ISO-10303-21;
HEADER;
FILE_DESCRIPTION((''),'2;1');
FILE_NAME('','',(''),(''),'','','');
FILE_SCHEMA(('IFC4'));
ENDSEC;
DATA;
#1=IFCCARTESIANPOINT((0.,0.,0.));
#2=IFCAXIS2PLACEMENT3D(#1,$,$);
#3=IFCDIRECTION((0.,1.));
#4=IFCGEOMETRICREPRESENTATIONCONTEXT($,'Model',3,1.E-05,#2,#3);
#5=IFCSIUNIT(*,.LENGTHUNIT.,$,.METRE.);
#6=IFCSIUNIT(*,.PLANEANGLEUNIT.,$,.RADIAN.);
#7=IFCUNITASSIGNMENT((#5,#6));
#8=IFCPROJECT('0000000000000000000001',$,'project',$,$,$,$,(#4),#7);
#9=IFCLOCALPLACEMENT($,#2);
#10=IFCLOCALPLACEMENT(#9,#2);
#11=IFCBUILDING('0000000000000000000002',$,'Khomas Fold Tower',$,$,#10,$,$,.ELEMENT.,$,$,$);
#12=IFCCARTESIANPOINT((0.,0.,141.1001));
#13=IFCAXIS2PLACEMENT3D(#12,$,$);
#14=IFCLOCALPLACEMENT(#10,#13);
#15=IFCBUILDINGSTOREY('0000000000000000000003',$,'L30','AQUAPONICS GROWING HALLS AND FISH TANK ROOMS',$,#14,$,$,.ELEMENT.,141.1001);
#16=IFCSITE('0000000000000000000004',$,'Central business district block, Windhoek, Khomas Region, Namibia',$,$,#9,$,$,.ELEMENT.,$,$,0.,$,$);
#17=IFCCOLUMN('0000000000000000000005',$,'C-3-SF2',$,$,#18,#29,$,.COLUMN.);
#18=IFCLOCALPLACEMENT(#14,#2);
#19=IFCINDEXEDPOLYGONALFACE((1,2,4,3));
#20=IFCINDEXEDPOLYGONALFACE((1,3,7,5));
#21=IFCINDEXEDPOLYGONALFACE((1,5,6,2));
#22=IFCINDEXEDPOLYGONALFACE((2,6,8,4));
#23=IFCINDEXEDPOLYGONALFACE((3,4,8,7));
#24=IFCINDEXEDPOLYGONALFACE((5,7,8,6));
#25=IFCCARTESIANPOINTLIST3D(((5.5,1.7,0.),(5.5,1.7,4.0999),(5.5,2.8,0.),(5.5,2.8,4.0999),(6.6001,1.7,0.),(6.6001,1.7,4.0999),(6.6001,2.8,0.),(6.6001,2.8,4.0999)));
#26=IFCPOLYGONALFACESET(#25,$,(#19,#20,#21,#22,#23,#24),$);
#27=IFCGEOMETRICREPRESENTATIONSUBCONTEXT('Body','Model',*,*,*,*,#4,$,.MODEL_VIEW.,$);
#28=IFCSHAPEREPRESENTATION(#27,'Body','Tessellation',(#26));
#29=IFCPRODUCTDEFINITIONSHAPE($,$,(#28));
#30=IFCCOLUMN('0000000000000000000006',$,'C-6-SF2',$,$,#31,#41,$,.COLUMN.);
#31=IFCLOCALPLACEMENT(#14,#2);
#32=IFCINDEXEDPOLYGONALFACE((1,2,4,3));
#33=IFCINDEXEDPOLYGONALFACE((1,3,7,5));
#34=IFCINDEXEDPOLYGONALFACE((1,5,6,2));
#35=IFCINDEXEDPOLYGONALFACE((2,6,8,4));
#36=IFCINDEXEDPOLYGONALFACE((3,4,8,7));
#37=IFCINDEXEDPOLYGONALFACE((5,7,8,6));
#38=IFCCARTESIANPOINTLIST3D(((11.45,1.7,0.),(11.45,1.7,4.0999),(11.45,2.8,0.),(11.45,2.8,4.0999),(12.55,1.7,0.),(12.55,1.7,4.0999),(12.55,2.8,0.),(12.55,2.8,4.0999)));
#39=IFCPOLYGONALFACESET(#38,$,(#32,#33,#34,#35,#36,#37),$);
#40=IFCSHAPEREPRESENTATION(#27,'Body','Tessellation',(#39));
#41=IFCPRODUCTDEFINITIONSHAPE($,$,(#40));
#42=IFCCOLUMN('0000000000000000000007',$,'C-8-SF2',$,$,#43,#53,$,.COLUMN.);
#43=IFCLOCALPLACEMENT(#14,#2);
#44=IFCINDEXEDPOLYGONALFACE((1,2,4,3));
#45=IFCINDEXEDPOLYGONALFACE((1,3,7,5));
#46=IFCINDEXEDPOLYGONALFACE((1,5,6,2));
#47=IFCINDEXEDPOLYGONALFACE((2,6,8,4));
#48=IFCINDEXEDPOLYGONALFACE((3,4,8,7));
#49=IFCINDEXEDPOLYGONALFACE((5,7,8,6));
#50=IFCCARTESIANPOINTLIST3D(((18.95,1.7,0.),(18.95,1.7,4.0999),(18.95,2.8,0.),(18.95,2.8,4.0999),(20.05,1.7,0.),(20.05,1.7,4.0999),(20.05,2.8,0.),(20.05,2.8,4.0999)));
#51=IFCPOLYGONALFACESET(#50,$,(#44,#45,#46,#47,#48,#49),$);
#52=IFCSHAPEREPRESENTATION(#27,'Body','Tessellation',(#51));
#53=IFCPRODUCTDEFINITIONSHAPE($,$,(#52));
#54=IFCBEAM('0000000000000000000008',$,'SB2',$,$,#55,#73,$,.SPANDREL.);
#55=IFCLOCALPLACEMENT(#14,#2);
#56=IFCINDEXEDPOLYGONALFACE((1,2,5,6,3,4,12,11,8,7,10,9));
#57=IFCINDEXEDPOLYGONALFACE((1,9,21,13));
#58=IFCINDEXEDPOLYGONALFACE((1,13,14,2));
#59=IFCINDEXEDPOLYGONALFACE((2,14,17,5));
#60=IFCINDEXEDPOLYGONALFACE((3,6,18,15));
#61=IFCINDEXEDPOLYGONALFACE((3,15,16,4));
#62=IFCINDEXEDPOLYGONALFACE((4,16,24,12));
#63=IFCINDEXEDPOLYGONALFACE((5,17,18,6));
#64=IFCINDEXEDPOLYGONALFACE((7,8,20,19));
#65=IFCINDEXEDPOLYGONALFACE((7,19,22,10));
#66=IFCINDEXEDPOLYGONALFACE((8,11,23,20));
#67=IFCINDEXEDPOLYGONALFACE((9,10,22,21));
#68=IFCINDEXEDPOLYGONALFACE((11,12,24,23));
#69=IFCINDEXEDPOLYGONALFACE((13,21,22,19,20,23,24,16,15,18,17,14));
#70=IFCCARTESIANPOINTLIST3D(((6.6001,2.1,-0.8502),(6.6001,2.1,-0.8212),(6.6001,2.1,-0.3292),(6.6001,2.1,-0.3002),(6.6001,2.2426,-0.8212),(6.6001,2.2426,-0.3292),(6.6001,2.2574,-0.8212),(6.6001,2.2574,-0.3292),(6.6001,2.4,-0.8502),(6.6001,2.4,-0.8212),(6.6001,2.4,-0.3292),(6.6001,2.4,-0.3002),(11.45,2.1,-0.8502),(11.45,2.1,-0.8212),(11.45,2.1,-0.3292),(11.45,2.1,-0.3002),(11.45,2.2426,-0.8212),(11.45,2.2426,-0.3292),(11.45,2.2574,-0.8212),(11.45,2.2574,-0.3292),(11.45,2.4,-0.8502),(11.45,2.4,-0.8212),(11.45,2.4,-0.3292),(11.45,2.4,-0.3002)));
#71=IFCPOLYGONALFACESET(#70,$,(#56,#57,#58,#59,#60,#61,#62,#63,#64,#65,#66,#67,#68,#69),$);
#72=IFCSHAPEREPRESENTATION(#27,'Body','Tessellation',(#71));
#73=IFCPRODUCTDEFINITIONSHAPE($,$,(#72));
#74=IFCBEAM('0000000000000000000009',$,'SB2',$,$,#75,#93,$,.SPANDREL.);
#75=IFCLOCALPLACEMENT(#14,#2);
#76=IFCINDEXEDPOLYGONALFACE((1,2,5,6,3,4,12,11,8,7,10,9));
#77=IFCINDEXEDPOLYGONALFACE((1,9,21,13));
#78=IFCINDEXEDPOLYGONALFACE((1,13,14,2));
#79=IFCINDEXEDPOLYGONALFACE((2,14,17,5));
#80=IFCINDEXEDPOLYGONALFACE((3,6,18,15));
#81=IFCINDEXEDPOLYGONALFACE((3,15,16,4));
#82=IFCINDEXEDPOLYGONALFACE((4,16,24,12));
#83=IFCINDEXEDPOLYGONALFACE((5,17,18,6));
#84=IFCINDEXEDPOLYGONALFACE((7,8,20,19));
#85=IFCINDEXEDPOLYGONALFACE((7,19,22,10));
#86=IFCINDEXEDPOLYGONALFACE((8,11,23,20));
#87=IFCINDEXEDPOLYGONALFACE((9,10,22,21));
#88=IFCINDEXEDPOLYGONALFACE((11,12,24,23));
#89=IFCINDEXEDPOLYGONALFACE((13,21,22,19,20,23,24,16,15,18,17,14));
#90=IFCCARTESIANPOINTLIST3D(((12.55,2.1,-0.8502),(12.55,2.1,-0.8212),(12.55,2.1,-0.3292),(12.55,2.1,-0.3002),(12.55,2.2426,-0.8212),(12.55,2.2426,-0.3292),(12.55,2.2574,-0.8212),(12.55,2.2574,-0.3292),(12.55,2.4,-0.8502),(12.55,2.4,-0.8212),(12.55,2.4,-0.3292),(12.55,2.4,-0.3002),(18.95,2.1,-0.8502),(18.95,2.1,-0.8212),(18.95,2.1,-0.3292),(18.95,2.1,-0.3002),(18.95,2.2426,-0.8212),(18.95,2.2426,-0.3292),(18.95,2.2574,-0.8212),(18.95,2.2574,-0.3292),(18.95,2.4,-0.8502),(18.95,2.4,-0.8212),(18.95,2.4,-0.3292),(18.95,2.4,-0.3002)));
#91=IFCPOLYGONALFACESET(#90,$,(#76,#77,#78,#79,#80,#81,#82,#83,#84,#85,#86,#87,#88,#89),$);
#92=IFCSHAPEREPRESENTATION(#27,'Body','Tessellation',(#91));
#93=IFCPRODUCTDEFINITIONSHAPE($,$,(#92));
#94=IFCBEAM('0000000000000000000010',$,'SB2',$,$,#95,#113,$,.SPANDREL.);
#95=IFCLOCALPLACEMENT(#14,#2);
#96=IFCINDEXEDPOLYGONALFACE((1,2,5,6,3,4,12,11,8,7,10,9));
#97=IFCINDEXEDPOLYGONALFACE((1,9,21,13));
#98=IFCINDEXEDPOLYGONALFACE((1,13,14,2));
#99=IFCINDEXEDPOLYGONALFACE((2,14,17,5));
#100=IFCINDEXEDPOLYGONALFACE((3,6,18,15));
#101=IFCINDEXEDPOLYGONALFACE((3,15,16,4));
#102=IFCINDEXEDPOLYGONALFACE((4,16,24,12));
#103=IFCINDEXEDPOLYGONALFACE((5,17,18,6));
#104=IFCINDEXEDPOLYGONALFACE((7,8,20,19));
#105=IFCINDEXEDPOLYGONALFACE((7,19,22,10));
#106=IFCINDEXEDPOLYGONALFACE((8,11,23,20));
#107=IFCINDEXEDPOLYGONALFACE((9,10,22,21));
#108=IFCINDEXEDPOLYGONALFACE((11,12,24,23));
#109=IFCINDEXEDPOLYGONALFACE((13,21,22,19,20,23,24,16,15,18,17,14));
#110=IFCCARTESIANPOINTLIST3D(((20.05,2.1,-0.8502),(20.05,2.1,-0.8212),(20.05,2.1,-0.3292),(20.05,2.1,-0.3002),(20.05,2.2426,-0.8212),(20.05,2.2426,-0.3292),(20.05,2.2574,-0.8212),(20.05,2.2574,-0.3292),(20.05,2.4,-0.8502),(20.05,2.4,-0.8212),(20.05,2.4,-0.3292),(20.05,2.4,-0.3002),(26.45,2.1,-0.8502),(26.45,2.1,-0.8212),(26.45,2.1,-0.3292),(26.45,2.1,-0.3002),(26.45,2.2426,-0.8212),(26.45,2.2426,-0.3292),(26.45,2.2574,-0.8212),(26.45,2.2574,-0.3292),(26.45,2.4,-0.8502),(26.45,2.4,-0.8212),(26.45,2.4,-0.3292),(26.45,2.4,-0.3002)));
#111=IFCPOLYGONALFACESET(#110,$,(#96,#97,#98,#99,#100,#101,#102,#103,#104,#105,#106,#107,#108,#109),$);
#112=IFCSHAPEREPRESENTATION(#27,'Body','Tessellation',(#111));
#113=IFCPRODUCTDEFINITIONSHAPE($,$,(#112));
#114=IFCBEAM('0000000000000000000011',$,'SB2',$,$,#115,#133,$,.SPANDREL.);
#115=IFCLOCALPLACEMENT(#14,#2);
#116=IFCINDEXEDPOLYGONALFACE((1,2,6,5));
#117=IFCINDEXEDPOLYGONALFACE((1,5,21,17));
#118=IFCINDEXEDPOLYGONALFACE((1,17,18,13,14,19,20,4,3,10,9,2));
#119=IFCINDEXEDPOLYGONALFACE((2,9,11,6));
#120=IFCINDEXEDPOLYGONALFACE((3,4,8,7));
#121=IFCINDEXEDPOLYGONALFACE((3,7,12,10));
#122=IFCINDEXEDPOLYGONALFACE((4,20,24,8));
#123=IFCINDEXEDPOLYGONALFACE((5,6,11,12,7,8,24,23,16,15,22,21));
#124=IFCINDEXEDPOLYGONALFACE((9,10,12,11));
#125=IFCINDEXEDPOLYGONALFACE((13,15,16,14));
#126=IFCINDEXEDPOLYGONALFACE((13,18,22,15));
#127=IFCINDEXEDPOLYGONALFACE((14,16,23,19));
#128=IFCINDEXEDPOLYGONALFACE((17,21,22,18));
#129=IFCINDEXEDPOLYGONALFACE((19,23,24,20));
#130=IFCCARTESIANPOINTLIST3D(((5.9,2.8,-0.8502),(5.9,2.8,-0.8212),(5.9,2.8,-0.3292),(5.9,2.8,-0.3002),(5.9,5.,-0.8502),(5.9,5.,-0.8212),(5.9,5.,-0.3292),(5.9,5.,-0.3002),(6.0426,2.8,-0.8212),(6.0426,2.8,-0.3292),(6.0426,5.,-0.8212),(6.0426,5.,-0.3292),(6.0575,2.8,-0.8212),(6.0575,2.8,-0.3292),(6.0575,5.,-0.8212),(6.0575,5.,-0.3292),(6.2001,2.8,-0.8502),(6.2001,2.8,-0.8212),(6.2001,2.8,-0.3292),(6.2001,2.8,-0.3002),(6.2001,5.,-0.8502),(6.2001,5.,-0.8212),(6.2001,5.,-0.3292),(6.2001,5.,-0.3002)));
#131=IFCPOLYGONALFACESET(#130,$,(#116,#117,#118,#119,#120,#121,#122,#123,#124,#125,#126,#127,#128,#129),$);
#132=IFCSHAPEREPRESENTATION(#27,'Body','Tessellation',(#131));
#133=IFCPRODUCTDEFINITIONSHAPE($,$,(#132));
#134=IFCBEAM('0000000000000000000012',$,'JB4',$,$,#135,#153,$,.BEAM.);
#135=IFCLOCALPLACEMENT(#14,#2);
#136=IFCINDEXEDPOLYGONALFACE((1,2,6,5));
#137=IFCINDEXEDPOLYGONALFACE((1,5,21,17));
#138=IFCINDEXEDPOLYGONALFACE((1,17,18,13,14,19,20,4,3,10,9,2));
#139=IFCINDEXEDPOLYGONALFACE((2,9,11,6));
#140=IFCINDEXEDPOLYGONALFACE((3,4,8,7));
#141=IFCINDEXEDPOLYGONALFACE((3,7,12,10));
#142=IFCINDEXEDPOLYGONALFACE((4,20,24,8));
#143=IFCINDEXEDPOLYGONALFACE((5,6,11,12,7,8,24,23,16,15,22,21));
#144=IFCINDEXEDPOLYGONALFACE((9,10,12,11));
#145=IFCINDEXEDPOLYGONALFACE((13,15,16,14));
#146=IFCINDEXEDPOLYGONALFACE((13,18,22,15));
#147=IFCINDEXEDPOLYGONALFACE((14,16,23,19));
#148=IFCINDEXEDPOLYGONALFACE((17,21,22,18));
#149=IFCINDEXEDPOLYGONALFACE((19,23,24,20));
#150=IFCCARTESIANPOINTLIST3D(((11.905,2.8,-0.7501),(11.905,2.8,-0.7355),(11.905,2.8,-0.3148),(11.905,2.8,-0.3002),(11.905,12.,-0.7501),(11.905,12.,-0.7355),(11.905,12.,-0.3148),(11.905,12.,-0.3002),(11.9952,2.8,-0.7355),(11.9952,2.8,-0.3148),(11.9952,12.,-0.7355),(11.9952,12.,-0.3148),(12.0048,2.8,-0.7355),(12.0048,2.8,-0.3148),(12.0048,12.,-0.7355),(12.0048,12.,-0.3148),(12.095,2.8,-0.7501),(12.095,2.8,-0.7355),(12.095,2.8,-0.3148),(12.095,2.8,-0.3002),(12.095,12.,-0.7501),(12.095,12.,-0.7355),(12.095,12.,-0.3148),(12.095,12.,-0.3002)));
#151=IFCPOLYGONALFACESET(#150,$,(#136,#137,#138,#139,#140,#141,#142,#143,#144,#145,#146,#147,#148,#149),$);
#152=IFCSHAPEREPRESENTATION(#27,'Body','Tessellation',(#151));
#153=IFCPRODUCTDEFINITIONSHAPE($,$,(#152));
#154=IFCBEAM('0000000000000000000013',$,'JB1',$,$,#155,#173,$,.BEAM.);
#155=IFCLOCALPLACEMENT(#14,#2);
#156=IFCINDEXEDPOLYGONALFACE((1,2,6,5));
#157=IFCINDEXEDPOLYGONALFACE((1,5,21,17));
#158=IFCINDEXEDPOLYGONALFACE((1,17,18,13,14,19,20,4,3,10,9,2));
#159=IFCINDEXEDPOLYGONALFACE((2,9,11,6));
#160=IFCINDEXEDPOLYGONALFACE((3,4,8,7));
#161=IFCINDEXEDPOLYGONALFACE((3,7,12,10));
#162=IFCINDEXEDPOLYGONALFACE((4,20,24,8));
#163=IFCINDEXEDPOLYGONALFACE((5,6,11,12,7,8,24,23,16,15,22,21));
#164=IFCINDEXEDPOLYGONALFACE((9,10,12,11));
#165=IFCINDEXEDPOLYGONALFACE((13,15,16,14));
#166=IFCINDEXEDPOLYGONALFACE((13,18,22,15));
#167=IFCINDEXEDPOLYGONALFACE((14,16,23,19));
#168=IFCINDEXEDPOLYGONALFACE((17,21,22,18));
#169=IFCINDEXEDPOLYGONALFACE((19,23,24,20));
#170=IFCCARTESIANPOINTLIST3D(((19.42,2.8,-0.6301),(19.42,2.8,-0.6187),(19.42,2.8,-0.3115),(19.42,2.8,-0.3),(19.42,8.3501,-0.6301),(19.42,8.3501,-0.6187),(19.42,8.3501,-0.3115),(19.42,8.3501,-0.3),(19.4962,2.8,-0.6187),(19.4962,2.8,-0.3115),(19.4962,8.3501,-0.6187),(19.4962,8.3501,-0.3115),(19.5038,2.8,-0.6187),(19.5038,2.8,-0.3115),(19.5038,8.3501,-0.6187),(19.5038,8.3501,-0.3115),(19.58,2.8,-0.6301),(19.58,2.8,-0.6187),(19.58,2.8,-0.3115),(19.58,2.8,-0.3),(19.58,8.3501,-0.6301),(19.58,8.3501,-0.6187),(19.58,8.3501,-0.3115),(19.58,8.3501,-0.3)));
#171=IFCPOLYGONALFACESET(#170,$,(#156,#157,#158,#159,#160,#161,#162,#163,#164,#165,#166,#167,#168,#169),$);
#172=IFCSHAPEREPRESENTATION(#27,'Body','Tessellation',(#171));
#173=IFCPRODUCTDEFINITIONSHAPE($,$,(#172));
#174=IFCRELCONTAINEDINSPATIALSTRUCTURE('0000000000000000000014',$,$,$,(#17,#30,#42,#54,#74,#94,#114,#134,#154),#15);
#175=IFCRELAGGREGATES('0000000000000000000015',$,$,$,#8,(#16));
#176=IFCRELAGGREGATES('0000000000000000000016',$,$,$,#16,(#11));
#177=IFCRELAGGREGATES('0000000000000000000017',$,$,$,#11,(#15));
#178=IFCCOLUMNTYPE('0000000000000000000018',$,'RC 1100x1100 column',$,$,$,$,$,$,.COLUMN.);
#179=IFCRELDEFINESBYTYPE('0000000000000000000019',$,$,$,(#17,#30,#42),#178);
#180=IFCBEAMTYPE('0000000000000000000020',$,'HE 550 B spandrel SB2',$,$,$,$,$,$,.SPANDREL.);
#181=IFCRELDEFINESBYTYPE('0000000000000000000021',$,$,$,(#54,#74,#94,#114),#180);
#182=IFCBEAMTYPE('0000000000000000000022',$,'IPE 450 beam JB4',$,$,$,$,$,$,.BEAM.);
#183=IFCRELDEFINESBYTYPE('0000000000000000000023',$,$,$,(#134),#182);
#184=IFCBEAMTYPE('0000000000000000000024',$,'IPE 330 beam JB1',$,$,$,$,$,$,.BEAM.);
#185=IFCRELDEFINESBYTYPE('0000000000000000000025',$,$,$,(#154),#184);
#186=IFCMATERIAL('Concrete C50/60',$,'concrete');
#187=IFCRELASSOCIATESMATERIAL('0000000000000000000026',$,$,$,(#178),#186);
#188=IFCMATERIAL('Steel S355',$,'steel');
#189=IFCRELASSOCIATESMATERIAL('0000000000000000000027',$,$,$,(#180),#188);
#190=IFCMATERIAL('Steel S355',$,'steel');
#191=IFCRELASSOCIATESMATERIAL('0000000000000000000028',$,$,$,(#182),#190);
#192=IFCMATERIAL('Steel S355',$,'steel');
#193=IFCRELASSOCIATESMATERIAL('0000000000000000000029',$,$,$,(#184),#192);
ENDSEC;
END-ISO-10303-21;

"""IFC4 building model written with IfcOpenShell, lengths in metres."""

from ifc_helpers import new_model, si_unit, direction, frame, origin, origin_2d, place, context, subcontext, project, spatial, rectangle, i_section, extrude, source, transform, mapped, material, material_profile, profile_set, type_object, element, save


model = new_model("IFC4")

# Units and contexts
model_context = context("Model", 3, precision=1e-05, world=origin(), true_north=direction((0.0, 1.0)))
body_context = subcontext(model_context, "Body", "Model", "MODEL_VIEW")
ifc_project = project(units=[si_unit("LENGTHUNIT", "METRE"), si_unit("PLANEANGLEUNIT", "RADIAN")], contexts=[model_context])

# Site, building, storey
site_placement = place(None, origin())
site = spatial("IfcSite", under=ifc_project, at=site_placement, Name="Central business district block, Windhoek, Khomas Region, Namibia", CompositionType="ELEMENT", RefElevation=0.0)
building_placement = place(site_placement, origin())
building = spatial("IfcBuilding", under=site, at=building_placement, Name="Khomas Fold Tower", CompositionType="ELEMENT")
storey_placement = place(building_placement, frame((0.0, 0.0, 141.1001)))
storey = spatial("IfcBuildingStorey", under=building, at=storey_placement, Name="L30", Description="AQUAPONICS GROWING HALLS AND FISH TANK ROOMS", CompositionType="ELEMENT", Elevation=141.1001)

# Columns
ifc_material_1 = material(Name="Concrete C50/60", Category="concrete")
ifc_material_profile_1 = material_profile(ifc_material_1, rectangle(XDim=1.1001, YDim=1.1001, at=origin_2d()), Name="RC 1100x1100")
ifc_profile_set_1 = profile_set([ifc_material_profile_1], Name="Concrete C50/60")
column_type = type_object("IfcColumnType", Name="RC 1100x1100 column", PredefinedType="COLUMN", material=ifc_profile_set_1)
shared_shape_1 = source(origin(), body_context, "Body", "SweptSolid", [
    extrude(rectangle(XDim=1.1001, YDim=1.1001, at=origin_2d()), origin(), (0.0, 0.0, 1.0), 4.0999),
])
for number, where, z_axis, x_axis, name in (
    (1, (6.05, 2.25, 0.0), (0.0, 0.0, 1.0), (1.0, 0.0, 0.0), "C-3-SF2"),
    (2, (12.0, 2.25, 0.0), (0.0, 0.0, 1.0), (1.0, 0.0, 0.0), "C-6-SF2"),
    (3, (19.5, 2.25, 0.0), (0.0, 0.0, 1.0), (1.0, 0.0, 0.0), "C-8-SF2"),
):
    element("IfcColumn", number, at=place(storey_placement, frame(where, z_axis=z_axis, x_axis=x_axis)), inside=storey, type_object=column_type, Name=name, PredefinedType="COLUMN", context=body_context, shape_type="MappedRepresentation", body=[
        mapped(shared_shape_1, transform((0.0, 0.0, 0.0))),
    ])

# Beams
ifc_material_2 = material(Name="Steel S355", Category="steel")
ifc_material_profile_2 = material_profile(ifc_material_2, i_section(OverallWidth=0.3, OverallDepth=0.55, WebThickness=0.0149, FlangeThickness=0.0291, at=origin_2d()), Name="HE 550 B")
ifc_profile_set_2 = profile_set([ifc_material_profile_2], Name="Steel S355")
beam_type_1 = type_object("IfcBeamType", Name="HE 550 B spandrel SB2", PredefinedType="SPANDREL", material=ifc_profile_set_2)
shared_shape_2 = source(origin(), body_context, "Body", "SweptSolid", [
    extrude(i_section(OverallWidth=0.3, OverallDepth=0.55, WebThickness=0.0149, FlangeThickness=0.0291, at=origin_2d()), origin(), (0.0, 0.0, 1.0), 4.8499),
])
beam_1_placement = place(storey_placement, frame((6.6001, 2.25, -0.5752), z_axis=(1.0, 0.0, 0.0), x_axis=(0.0, 1.0, 0.0)))
element("IfcBeam", 4, at=beam_1_placement, inside=storey, type_object=beam_type_1, Name="SB2", PredefinedType="SPANDREL", context=body_context, shape_type="MappedRepresentation", body=[
    mapped(shared_shape_2, transform((0.0, 0.0, 0.0))),
])
shared_shape_3 = source(origin(), body_context, "Body", "SweptSolid", [
    extrude(i_section(OverallWidth=0.3, OverallDepth=0.55, WebThickness=0.0149, FlangeThickness=0.0291, at=origin_2d()), origin(), (0.0, 0.0, 1.0), 6.3999),
])
for number, where, z_axis, x_axis, name in (
    (5, (12.55, 2.25, -0.5752), (1.0, 0.0, 0.0), (0.0, 1.0, 0.0), "SB2"),
    (6, (20.05, 2.25, -0.5752), (1.0, 0.0, 0.0), (0.0, 1.0, 0.0), "SB2"),
):
    element("IfcBeam", number, at=place(storey_placement, frame(where, z_axis=z_axis, x_axis=x_axis)), inside=storey, type_object=beam_type_1, Name=name, PredefinedType="SPANDREL", context=body_context, shape_type="MappedRepresentation", body=[
        mapped(shared_shape_3, transform((0.0, 0.0, 0.0))),
    ])
shared_shape_4 = source(origin(), body_context, "Body", "SweptSolid", [
    extrude(i_section(OverallWidth=0.3, OverallDepth=0.55, WebThickness=0.0149, FlangeThickness=0.0291, at=origin_2d()), origin(), (0.0, 0.0, 1.0), 2.2),
])
beam_2_placement = place(storey_placement, frame((6.05, 2.8, -0.5752), z_axis=(0.0, 1.0, 0.0), x_axis=(-1.0, 0.0, 0.0)))
element("IfcBeam", 7, at=beam_2_placement, inside=storey, type_object=beam_type_1, Name="SB2", PredefinedType="SPANDREL", context=body_context, shape_type="MappedRepresentation", body=[
    mapped(shared_shape_4, transform((0.0, 0.0, 0.0))),
])
ifc_material_3 = material(Name="Steel S355", Category="steel")
ifc_material_profile_3 = material_profile(ifc_material_3, i_section(OverallWidth=0.1899, OverallDepth=0.45, WebThickness=0.0095, FlangeThickness=0.0146, at=origin_2d()), Name="IPE 450")
ifc_profile_set_3 = profile_set([ifc_material_profile_3], Name="Steel S355")
beam_type_2 = type_object("IfcBeamType", Name="IPE 450 beam JB4", PredefinedType="BEAM", material=ifc_profile_set_3)
shared_shape_5 = source(origin(), body_context, "Body", "SweptSolid", [
    extrude(i_section(OverallWidth=0.1899, OverallDepth=0.45, WebThickness=0.0095, FlangeThickness=0.0146, at=origin_2d()), origin(), (0.0, 0.0, 1.0), 9.2),
])
beam_3_placement = place(storey_placement, frame((12.0, 2.8, -0.5251), z_axis=(0.0, 1.0, 0.0), x_axis=(-1.0, 0.0, 0.0)))
element("IfcBeam", 8, at=beam_3_placement, inside=storey, type_object=beam_type_2, Name="JB4", PredefinedType="BEAM", context=body_context, shape_type="MappedRepresentation", body=[
    mapped(shared_shape_5, transform((0.0, 0.0, 0.0))),
])
ifc_material_4 = material(Name="Steel S355", Category="steel")
ifc_material_profile_4 = material_profile(ifc_material_4, i_section(OverallWidth=0.1599, OverallDepth=0.3301, WebThickness=0.0076, FlangeThickness=0.0115, at=origin_2d()), Name="IPE 330")
ifc_profile_set_4 = profile_set([ifc_material_profile_4], Name="Steel S355")
beam_type_3 = type_object("IfcBeamType", Name="IPE 330 beam JB1", PredefinedType="BEAM", material=ifc_profile_set_4)
shared_shape_6 = source(origin(), body_context, "Body", "SweptSolid", [
    extrude(i_section(OverallWidth=0.1599, OverallDepth=0.3301, WebThickness=0.0076, FlangeThickness=0.0115, at=origin_2d()), origin(), (0.0, 0.0, 1.0), 5.55),
])
beam_4_placement = place(storey_placement, frame((19.5, 2.8, -0.4651), z_axis=(0.0, 1.0, 0.0), x_axis=(-1.0, 0.0, 0.0)))
element("IfcBeam", 9, at=beam_4_placement, inside=storey, type_object=beam_type_3, Name="JB1", PredefinedType="BEAM", context=body_context, shape_type="MappedRepresentation", body=[
    mapped(shared_shape_6, transform((0.0, 0.0, 0.0))),
])

save(model, "model.ifc")
